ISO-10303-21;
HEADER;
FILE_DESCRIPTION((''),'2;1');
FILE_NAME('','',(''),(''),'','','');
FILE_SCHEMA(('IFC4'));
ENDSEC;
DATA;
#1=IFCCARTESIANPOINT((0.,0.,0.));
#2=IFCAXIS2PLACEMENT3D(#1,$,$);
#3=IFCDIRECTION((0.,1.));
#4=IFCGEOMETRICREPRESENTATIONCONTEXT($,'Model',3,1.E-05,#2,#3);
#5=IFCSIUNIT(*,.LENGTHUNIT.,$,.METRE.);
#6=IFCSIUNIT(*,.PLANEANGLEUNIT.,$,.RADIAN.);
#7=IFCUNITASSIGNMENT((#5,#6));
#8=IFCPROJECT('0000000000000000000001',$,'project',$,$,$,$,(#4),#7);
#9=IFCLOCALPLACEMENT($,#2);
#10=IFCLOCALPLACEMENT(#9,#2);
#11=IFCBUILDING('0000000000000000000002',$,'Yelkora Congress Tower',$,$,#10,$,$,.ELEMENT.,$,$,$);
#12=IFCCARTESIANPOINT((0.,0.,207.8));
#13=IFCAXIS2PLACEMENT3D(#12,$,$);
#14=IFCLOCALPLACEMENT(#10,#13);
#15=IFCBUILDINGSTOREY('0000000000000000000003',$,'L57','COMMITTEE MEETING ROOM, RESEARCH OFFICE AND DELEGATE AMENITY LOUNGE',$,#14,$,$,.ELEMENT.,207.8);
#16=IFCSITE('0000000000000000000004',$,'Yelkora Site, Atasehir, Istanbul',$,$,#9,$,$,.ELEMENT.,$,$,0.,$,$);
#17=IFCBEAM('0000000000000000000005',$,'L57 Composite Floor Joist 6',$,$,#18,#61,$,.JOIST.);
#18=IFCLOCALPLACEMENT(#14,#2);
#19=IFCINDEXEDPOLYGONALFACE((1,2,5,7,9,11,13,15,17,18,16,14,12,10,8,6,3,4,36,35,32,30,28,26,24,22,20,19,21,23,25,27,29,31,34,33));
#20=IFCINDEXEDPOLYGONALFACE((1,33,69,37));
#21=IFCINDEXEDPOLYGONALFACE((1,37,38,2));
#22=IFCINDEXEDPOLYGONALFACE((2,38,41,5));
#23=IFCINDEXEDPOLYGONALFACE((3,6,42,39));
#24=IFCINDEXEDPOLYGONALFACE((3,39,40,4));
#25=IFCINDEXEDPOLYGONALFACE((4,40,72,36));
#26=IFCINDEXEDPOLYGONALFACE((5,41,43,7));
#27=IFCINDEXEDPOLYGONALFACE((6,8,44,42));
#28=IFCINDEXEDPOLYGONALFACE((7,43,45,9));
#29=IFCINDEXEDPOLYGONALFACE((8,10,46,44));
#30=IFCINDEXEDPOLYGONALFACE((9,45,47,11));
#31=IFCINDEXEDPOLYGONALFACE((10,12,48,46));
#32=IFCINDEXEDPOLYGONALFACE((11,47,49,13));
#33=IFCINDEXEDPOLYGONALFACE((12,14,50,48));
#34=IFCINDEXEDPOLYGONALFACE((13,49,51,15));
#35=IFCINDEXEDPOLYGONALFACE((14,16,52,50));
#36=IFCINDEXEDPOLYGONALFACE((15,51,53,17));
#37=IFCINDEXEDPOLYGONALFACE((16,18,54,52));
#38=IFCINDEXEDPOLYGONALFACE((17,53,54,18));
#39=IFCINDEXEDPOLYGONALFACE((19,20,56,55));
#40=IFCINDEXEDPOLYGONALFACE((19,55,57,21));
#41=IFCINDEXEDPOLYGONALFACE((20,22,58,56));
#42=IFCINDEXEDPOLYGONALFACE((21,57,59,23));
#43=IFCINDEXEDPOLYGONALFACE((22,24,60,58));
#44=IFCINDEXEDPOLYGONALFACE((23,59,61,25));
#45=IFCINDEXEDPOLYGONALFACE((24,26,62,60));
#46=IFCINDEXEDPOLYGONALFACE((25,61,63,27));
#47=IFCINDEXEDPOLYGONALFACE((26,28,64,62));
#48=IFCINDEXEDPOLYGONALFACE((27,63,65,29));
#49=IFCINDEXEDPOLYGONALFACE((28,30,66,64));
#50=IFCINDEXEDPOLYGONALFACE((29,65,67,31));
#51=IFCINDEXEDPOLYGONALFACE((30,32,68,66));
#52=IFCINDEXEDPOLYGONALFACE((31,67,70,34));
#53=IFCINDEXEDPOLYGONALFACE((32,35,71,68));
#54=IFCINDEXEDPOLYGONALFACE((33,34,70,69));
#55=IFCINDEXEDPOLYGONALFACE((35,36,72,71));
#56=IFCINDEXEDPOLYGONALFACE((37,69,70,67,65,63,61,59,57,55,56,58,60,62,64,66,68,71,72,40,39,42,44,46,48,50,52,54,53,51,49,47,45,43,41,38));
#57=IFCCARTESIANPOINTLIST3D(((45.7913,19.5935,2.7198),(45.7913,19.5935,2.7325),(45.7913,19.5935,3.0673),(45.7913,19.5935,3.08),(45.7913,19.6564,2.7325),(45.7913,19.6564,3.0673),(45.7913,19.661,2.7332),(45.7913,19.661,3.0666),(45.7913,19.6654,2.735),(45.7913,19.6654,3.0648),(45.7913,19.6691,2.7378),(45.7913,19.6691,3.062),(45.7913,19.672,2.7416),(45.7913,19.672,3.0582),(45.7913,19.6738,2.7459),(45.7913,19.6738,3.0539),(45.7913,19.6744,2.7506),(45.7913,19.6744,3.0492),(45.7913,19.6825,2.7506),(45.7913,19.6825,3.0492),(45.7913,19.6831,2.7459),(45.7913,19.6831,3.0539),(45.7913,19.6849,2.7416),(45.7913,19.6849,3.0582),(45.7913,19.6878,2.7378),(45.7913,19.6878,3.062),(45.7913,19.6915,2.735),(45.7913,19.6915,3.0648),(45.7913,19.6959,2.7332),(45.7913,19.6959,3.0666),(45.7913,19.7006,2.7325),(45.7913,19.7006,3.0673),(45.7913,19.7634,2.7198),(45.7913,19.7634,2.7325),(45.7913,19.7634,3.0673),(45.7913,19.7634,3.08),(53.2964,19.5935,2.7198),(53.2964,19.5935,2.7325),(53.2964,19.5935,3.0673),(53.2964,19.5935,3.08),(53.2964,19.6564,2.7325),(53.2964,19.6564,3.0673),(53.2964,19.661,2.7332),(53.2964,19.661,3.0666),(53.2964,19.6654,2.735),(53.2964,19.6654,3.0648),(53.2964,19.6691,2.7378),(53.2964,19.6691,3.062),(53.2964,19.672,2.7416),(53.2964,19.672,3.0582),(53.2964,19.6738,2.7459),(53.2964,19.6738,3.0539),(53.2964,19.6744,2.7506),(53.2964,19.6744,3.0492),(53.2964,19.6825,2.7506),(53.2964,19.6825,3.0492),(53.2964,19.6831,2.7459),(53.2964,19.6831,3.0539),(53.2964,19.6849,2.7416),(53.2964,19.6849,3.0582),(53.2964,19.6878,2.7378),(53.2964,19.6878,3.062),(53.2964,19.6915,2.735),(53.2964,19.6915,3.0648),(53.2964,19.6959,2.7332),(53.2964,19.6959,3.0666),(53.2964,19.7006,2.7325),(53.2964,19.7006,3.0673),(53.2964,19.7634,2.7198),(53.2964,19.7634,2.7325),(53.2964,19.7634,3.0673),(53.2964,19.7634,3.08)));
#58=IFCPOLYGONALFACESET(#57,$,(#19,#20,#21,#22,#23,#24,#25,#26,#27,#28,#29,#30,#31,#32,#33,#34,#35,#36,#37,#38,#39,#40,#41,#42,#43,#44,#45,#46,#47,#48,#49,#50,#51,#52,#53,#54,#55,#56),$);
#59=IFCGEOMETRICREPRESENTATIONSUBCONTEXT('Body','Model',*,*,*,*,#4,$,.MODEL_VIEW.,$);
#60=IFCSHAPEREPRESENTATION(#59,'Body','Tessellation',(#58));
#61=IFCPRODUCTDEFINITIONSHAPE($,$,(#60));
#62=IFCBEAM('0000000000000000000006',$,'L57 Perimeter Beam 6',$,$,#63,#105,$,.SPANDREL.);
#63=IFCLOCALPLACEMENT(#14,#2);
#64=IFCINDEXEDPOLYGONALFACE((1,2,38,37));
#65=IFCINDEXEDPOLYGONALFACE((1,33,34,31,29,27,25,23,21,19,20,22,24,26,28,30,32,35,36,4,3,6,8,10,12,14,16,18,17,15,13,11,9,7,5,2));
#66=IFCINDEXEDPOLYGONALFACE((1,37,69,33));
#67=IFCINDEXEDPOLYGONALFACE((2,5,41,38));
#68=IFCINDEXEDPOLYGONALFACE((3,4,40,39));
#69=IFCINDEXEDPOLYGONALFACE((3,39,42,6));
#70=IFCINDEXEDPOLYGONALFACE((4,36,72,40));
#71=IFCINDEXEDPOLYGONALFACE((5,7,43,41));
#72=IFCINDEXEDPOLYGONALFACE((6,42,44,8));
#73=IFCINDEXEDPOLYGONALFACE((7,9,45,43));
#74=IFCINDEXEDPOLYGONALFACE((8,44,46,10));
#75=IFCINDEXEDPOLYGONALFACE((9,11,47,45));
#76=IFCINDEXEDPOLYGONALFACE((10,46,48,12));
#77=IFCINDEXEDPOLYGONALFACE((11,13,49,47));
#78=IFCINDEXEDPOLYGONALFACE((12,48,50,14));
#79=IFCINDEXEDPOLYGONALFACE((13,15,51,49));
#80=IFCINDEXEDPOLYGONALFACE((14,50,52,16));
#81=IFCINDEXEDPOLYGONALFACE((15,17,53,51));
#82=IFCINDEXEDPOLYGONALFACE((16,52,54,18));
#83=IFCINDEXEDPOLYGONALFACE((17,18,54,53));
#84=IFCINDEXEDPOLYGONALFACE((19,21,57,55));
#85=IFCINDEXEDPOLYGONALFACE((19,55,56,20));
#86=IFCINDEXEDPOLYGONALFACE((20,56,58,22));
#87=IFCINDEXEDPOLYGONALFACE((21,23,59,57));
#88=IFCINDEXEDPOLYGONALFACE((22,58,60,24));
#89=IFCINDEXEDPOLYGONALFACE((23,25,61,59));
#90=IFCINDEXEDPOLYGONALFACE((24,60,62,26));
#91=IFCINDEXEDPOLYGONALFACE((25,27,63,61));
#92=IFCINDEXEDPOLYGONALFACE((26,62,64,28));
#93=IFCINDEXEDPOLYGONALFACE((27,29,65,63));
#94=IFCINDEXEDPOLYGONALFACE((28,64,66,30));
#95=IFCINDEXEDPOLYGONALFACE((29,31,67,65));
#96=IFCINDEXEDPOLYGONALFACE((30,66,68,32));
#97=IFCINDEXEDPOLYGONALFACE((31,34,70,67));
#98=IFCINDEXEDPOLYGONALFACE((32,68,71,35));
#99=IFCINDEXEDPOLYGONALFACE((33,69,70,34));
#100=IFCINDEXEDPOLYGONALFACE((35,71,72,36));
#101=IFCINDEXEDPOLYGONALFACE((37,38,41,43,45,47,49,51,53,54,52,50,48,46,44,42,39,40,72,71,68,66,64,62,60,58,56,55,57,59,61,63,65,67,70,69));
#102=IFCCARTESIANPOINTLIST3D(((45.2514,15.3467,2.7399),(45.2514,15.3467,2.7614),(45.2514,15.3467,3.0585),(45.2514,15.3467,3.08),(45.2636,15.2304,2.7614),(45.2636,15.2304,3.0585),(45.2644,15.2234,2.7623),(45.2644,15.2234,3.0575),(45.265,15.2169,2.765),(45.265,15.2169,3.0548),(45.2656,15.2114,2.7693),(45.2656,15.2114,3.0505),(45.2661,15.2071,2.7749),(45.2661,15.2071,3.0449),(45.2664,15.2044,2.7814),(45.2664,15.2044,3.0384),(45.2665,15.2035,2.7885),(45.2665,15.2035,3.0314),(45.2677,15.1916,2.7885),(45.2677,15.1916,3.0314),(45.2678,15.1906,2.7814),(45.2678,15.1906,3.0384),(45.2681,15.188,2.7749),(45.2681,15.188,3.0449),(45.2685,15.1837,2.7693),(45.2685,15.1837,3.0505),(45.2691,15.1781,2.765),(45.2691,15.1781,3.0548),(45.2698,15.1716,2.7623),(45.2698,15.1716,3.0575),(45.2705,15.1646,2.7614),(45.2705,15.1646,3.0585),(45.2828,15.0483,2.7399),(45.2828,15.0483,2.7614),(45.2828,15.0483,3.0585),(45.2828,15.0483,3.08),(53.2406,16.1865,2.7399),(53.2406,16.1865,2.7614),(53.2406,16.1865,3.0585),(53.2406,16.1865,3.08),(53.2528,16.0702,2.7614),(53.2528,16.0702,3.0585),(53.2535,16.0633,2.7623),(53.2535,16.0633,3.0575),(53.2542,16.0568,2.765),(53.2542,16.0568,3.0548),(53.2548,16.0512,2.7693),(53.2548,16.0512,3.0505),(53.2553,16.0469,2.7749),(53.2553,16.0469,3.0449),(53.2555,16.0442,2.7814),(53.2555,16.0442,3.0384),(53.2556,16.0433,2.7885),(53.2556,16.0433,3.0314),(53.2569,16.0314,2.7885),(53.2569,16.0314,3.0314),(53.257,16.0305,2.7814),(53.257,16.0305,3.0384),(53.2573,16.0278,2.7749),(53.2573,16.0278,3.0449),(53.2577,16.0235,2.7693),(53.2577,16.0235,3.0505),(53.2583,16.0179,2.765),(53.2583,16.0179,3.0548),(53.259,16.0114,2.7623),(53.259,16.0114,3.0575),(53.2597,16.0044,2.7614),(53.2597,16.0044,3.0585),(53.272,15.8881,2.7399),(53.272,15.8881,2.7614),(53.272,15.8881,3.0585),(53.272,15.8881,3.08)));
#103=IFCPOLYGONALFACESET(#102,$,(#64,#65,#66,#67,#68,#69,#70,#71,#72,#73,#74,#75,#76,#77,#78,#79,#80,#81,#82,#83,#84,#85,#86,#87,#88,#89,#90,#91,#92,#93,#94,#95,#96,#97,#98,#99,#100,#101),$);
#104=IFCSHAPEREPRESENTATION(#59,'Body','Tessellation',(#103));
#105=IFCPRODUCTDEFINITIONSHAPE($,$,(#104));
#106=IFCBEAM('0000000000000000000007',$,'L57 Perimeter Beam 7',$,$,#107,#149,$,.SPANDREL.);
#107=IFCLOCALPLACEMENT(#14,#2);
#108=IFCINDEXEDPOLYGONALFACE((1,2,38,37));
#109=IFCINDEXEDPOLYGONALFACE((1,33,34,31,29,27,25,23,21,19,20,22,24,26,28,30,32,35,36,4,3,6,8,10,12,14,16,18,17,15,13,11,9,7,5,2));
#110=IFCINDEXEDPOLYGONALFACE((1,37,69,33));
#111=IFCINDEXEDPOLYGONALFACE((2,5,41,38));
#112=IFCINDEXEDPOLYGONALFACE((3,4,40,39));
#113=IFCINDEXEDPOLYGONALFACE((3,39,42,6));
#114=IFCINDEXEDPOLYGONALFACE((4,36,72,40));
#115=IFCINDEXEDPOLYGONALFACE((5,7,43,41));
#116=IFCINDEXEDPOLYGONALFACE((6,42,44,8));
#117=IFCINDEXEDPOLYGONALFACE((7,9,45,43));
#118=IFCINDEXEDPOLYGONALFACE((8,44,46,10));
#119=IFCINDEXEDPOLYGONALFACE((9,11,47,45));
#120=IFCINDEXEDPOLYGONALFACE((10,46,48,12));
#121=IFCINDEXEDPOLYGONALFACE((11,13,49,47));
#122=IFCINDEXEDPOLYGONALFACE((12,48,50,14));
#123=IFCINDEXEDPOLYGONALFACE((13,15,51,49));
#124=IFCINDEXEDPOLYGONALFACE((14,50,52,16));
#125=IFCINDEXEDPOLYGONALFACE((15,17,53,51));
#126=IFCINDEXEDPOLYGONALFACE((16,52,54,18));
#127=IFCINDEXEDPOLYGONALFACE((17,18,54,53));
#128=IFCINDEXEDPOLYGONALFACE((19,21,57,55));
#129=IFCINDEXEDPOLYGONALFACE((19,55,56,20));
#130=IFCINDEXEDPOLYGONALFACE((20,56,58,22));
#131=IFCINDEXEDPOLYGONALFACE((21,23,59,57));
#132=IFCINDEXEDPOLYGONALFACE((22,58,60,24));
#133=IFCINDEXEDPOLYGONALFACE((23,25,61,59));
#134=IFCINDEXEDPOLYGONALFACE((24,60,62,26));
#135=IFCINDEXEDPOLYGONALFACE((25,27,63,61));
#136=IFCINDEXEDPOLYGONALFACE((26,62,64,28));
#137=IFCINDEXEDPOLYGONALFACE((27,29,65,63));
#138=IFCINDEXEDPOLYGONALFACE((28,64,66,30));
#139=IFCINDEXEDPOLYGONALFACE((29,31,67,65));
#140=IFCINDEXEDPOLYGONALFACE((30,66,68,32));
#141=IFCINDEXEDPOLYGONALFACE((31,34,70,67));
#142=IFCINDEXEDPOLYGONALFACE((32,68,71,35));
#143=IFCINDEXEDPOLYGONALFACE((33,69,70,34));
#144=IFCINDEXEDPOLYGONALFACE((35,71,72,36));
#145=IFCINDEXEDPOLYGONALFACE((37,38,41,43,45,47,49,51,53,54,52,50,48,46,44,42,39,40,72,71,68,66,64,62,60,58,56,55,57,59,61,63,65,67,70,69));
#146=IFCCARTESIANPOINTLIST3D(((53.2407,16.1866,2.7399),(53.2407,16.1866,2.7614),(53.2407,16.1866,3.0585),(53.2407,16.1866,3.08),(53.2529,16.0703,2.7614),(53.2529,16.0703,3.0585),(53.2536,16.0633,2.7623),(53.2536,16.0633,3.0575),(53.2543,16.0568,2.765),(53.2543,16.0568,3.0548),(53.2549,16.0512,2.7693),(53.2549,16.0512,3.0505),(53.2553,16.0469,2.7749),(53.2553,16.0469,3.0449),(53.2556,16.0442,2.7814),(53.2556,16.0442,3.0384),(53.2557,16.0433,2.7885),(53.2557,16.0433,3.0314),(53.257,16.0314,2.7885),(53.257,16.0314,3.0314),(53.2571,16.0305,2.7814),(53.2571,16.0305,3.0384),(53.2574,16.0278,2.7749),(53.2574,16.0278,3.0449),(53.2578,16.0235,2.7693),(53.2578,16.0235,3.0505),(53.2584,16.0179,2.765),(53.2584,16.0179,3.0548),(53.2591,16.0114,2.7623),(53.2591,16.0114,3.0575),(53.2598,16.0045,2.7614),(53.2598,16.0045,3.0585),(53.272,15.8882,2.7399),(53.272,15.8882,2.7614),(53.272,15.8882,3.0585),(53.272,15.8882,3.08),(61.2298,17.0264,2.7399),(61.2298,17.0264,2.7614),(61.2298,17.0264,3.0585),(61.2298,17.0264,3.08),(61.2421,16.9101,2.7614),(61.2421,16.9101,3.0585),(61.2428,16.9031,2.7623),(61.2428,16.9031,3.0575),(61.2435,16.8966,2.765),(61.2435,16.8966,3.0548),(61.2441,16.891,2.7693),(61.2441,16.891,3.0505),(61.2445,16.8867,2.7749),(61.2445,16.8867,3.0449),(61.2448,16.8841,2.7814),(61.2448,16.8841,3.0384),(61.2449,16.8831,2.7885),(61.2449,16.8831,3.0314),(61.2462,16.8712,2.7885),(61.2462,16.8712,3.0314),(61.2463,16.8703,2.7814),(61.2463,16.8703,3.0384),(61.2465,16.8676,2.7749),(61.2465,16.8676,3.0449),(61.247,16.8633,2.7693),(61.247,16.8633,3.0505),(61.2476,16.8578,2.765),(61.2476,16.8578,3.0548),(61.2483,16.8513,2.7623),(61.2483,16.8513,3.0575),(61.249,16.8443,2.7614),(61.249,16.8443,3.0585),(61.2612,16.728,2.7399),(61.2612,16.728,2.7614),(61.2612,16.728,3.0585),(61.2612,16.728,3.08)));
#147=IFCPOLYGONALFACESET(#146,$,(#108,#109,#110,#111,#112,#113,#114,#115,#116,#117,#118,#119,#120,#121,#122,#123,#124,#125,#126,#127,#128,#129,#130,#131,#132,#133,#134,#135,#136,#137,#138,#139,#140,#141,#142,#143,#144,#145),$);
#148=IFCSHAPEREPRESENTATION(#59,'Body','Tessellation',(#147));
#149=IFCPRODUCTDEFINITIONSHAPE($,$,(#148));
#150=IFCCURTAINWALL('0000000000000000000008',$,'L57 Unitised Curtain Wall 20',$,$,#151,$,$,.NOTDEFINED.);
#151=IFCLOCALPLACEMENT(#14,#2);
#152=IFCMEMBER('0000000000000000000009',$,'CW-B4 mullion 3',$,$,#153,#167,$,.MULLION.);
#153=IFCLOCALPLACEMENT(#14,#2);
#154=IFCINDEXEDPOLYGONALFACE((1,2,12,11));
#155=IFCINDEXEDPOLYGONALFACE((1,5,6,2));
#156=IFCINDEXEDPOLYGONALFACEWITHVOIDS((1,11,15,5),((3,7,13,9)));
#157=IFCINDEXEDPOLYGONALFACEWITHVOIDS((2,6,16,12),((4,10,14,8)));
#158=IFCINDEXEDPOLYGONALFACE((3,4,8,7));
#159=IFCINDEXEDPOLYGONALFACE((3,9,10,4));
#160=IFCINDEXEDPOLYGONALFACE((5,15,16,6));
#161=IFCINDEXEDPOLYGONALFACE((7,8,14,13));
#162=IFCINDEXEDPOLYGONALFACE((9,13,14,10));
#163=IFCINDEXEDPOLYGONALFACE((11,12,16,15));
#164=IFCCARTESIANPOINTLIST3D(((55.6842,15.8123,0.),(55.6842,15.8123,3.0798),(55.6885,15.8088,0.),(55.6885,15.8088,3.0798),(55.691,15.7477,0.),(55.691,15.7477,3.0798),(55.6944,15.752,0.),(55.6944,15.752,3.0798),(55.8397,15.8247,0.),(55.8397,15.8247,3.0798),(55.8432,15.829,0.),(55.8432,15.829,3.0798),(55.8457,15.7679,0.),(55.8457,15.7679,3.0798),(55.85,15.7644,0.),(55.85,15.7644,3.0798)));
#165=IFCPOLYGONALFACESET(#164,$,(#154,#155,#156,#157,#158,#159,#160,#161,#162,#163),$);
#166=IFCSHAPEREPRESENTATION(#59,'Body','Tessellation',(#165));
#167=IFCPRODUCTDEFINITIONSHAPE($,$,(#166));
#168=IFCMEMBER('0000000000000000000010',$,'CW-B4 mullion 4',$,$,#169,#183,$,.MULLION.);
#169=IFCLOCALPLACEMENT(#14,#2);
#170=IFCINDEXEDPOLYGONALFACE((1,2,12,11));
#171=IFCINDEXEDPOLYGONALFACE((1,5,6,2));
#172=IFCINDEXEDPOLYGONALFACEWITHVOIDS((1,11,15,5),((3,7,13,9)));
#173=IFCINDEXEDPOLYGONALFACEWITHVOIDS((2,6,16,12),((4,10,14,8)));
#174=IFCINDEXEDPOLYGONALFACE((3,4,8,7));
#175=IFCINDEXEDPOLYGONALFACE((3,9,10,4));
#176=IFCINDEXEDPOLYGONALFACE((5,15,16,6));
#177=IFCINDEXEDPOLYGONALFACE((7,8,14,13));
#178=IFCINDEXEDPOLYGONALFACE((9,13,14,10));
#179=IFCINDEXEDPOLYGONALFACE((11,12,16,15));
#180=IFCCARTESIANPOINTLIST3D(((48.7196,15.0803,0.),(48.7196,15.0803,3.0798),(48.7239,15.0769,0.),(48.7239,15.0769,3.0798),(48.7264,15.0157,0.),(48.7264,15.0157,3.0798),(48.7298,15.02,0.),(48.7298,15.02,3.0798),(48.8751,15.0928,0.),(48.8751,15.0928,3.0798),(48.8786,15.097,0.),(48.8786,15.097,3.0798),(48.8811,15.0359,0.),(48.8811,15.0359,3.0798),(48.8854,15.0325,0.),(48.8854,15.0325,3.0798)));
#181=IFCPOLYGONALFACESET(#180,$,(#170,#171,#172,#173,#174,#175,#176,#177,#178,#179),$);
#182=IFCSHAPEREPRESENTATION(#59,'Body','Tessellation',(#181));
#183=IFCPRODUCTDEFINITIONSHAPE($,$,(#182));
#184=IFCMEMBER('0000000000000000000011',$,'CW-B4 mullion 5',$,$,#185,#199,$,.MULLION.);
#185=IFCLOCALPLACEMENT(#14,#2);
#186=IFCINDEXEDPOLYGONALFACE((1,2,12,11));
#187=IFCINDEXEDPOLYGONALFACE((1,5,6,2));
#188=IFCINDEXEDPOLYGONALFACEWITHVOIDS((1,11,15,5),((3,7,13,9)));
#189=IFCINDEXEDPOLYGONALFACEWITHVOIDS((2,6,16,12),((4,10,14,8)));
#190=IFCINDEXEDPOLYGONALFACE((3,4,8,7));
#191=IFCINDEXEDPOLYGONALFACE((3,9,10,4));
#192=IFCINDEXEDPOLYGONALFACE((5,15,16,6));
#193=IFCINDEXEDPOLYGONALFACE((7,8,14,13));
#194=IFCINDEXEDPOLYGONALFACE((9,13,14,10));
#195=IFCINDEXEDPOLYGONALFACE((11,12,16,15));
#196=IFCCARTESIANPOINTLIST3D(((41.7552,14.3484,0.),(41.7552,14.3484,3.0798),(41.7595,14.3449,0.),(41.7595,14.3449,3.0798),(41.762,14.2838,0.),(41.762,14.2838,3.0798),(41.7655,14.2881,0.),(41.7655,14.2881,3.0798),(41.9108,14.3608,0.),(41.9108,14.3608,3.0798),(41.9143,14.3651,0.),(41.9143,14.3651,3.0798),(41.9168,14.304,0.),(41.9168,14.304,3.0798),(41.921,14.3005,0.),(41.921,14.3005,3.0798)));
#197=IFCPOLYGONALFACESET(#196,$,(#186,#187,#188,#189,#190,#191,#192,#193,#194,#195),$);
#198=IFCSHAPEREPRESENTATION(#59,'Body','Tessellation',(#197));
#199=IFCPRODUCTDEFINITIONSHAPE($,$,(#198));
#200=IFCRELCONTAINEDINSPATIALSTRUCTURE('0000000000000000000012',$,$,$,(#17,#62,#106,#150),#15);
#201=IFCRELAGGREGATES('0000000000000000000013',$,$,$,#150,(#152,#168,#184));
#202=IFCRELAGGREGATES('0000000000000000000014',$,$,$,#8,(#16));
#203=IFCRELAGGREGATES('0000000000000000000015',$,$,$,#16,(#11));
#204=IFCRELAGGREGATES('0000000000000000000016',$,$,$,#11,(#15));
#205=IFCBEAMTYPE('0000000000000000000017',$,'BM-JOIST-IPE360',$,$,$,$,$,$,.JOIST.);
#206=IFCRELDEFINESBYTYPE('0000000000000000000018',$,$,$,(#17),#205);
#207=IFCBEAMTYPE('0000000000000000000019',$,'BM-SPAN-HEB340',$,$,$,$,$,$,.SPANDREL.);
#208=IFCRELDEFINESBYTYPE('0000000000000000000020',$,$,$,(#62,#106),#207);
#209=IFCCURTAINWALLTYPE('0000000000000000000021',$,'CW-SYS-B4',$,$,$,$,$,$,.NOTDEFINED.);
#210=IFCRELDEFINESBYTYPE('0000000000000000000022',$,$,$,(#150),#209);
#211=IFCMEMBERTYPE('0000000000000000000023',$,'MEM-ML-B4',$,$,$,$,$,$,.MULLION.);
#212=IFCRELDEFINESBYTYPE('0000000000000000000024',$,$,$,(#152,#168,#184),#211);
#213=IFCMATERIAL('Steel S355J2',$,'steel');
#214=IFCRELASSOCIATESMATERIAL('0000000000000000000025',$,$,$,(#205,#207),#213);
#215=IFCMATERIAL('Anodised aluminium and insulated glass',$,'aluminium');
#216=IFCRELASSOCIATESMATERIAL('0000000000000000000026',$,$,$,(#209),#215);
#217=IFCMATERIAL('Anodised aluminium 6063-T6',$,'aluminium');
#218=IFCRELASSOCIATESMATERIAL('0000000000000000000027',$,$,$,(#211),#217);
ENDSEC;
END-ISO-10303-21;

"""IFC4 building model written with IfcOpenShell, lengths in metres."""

from ifc_helpers import new_model, si_unit, direction, frame, origin, origin_2d, place, context, subcontext, project, spatial, hollow_rectangle, i_section, extrude, material, material_profile, profile_set, type_object, element, aggregate, save


model = new_model("IFC4")

# Units and contexts
model_context = context("Model", 3, precision=1e-05, world=origin(), true_north=direction((0.0, 1.0)))
body_context = subcontext(model_context, "Body", "Model", "MODEL_VIEW")
ifc_project = project(units=[si_unit("LENGTHUNIT", "METRE"), si_unit("PLANEANGLEUNIT", "RADIAN")], contexts=[model_context])

# Site, building, storey
site_placement = place(None, origin())
site = spatial("IfcSite", under=ifc_project, at=site_placement, Name="Yelkora Site, Atasehir, Istanbul", CompositionType="ELEMENT", RefElevation=0.0)
building_placement = place(site_placement, origin())
building = spatial("IfcBuilding", under=site, at=building_placement, Name="Yelkora Congress Tower", CompositionType="ELEMENT")
storey_placement = place(building_placement, frame((0.0, 0.0, 207.8)))
storey = spatial("IfcBuildingStorey", under=building, at=storey_placement, Name="L57", Description="COMMITTEE MEETING ROOM, RESEARCH OFFICE AND DELEGATE AMENITY LOUNGE", CompositionType="ELEMENT", Elevation=207.8)

# Shared definitions
ifc_material_1 = material(Name="Steel S355J2", Category="steel")

# Beams
ifc_material_profile_1 = material_profile(ifc_material_1, i_section(OverallWidth=0.1699, OverallDepth=0.3601, WebThickness=0.0081, FlangeThickness=0.0127, FilletRadius=0.0181, at=origin_2d()), Name="IPE 360")
ifc_profile_set_1 = profile_set([ifc_material_profile_1], Name="Steel S355J2")
beam_type_1 = type_object("IfcBeamType", Name="BM-JOIST-IPE360", PredefinedType="JOIST", material=ifc_profile_set_1)
beam_1_placement = place(storey_placement, frame((45.7913, 19.6785, 2.8999), z_axis=(1.0, 0.0, 0.0), x_axis=(0.0, 1.0, 0.0)))
element("IfcBeam", 1, at=beam_1_placement, inside=storey, type_object=beam_type_1, Name="L57 Composite Floor Joist 6", PredefinedType="JOIST", context=body_context, shape_type="SweptSolid", body=[
    extrude(i_section(OverallWidth=0.1699, OverallDepth=0.3601, WebThickness=0.0081, FlangeThickness=0.0127, FilletRadius=0.0181, at=origin_2d()), origin(), (0.0, 0.0, 1.0), 7.5051),
])
ifc_material_profile_2 = material_profile(ifc_material_1, i_section(OverallWidth=0.3, OverallDepth=0.3401, WebThickness=0.012, FlangeThickness=0.0215, FilletRadius=0.0271, at=origin_2d()), Name="HEB 340")
ifc_profile_set_2 = profile_set([ifc_material_profile_2], Name="Steel S355J2")
beam_type_2 = type_object("IfcBeamType", Name="BM-SPAN-HEB340", PredefinedType="SPANDREL", material=ifc_profile_set_2)
for number, where, z_axis, x_axis, name in (
    (2, (45.2671, 15.1975, 2.9099), (0.99452, 0.104546, 0.0), (-0.104546, 0.99452, 0.0), "L57 Perimeter Beam 6"),
    (3, (53.2563, 16.0374, 2.9099), (0.99452, 0.104546, 0.0), (-0.104546, 0.99452, 0.0), "L57 Perimeter Beam 7"),
):
    element("IfcBeam", number, at=place(storey_placement, frame(where, z_axis=z_axis, x_axis=x_axis)), inside=storey, type_object=beam_type_2, Name=name, PredefinedType="SPANDREL", context=body_context, shape_type="SweptSolid", body=[
        extrude(i_section(OverallWidth=0.3, OverallDepth=0.3401, WebThickness=0.012, FlangeThickness=0.0215, FilletRadius=0.0271, at=origin_2d()), origin(), (0.0, 0.0, 1.0), 8.0332),
    ])

# Curtain wall, members
ifc_material_2 = material(Name="Anodised aluminium and insulated glass", Category="aluminium")
curtain_wall_type = type_object("IfcCurtainWallType", Name="CW-SYS-B4", PredefinedType="NOTDEFINED", material=ifc_material_2)
curtain_wall_placement = place(storey_placement, origin())
curtain_wall = element("IfcCurtainWall", 4, at=curtain_wall_placement, inside=storey, type_object=curtain_wall_type, Name="L57 Unitised Curtain Wall 20", PredefinedType="NOTDEFINED")
ifc_material_3 = material(Name="Anodised aluminium 6063-T6", Category="aluminium")
ifc_material_profile_3 = material_profile(ifc_material_3, hollow_rectangle(XDim=0.0649, YDim=0.1599, WallThickness=0.0039, at=origin_2d()), Name="ALU 65x160x4")
ifc_profile_set_3 = profile_set([ifc_material_profile_3], Name="Anodised aluminium 6063-T6")
member_type_1 = type_object("IfcMemberType", Name="MEM-ML-B4", PredefinedType="MULLION", material=ifc_profile_set_3)
member_1_placement = place(storey_placement, frame((55.7671, 15.7883, 0.0), z_axis=(0.0, 0.0, 1.0), x_axis=(0.104527, -0.994522, 0.0)))
member_1 = element("IfcMember", 5, at=member_1_placement, type_object=member_type_1, Name="CW-B4 mullion 3", PredefinedType="MULLION", context=body_context, shape_type="SweptSolid", body=[
    extrude(hollow_rectangle(XDim=0.0649, YDim=0.1599, WallThickness=0.0039, at=origin_2d()), origin(), (0.0, 0.0, 1.0), 3.0798),
])
member_2_placement = place(storey_placement, frame((48.8025, 15.0564, 0.0), z_axis=(0.0, 0.0, 1.0), x_axis=(0.104527, -0.994522, 0.0)))
member_2 = element("IfcMember", 6, at=member_2_placement, type_object=member_type_1, Name="CW-B4 mullion 4", PredefinedType="MULLION", context=body_context, shape_type="SweptSolid", body=[
    extrude(hollow_rectangle(XDim=0.0649, YDim=0.1599, WallThickness=0.0039, at=origin_2d()), origin(), (0.0, 0.0, 1.0), 3.0798),
])
member_3_placement = place(storey_placement, frame((41.8381, 14.3245, 0.0), z_axis=(0.0, 0.0, 1.0), x_axis=(0.104527, -0.994522, 0.0)))
member_3 = element("IfcMember", 7, at=member_3_placement, type_object=member_type_1, Name="CW-B4 mullion 5", PredefinedType="MULLION", context=body_context, shape_type="SweptSolid", body=[
    extrude(hollow_rectangle(XDim=0.0649, YDim=0.1599, WallThickness=0.0039, at=origin_2d()), origin(), (0.0, 0.0, 1.0), 3.0798),
])
aggregate(curtain_wall, [member_1, member_2, member_3])

save(model, "model.ifc")
